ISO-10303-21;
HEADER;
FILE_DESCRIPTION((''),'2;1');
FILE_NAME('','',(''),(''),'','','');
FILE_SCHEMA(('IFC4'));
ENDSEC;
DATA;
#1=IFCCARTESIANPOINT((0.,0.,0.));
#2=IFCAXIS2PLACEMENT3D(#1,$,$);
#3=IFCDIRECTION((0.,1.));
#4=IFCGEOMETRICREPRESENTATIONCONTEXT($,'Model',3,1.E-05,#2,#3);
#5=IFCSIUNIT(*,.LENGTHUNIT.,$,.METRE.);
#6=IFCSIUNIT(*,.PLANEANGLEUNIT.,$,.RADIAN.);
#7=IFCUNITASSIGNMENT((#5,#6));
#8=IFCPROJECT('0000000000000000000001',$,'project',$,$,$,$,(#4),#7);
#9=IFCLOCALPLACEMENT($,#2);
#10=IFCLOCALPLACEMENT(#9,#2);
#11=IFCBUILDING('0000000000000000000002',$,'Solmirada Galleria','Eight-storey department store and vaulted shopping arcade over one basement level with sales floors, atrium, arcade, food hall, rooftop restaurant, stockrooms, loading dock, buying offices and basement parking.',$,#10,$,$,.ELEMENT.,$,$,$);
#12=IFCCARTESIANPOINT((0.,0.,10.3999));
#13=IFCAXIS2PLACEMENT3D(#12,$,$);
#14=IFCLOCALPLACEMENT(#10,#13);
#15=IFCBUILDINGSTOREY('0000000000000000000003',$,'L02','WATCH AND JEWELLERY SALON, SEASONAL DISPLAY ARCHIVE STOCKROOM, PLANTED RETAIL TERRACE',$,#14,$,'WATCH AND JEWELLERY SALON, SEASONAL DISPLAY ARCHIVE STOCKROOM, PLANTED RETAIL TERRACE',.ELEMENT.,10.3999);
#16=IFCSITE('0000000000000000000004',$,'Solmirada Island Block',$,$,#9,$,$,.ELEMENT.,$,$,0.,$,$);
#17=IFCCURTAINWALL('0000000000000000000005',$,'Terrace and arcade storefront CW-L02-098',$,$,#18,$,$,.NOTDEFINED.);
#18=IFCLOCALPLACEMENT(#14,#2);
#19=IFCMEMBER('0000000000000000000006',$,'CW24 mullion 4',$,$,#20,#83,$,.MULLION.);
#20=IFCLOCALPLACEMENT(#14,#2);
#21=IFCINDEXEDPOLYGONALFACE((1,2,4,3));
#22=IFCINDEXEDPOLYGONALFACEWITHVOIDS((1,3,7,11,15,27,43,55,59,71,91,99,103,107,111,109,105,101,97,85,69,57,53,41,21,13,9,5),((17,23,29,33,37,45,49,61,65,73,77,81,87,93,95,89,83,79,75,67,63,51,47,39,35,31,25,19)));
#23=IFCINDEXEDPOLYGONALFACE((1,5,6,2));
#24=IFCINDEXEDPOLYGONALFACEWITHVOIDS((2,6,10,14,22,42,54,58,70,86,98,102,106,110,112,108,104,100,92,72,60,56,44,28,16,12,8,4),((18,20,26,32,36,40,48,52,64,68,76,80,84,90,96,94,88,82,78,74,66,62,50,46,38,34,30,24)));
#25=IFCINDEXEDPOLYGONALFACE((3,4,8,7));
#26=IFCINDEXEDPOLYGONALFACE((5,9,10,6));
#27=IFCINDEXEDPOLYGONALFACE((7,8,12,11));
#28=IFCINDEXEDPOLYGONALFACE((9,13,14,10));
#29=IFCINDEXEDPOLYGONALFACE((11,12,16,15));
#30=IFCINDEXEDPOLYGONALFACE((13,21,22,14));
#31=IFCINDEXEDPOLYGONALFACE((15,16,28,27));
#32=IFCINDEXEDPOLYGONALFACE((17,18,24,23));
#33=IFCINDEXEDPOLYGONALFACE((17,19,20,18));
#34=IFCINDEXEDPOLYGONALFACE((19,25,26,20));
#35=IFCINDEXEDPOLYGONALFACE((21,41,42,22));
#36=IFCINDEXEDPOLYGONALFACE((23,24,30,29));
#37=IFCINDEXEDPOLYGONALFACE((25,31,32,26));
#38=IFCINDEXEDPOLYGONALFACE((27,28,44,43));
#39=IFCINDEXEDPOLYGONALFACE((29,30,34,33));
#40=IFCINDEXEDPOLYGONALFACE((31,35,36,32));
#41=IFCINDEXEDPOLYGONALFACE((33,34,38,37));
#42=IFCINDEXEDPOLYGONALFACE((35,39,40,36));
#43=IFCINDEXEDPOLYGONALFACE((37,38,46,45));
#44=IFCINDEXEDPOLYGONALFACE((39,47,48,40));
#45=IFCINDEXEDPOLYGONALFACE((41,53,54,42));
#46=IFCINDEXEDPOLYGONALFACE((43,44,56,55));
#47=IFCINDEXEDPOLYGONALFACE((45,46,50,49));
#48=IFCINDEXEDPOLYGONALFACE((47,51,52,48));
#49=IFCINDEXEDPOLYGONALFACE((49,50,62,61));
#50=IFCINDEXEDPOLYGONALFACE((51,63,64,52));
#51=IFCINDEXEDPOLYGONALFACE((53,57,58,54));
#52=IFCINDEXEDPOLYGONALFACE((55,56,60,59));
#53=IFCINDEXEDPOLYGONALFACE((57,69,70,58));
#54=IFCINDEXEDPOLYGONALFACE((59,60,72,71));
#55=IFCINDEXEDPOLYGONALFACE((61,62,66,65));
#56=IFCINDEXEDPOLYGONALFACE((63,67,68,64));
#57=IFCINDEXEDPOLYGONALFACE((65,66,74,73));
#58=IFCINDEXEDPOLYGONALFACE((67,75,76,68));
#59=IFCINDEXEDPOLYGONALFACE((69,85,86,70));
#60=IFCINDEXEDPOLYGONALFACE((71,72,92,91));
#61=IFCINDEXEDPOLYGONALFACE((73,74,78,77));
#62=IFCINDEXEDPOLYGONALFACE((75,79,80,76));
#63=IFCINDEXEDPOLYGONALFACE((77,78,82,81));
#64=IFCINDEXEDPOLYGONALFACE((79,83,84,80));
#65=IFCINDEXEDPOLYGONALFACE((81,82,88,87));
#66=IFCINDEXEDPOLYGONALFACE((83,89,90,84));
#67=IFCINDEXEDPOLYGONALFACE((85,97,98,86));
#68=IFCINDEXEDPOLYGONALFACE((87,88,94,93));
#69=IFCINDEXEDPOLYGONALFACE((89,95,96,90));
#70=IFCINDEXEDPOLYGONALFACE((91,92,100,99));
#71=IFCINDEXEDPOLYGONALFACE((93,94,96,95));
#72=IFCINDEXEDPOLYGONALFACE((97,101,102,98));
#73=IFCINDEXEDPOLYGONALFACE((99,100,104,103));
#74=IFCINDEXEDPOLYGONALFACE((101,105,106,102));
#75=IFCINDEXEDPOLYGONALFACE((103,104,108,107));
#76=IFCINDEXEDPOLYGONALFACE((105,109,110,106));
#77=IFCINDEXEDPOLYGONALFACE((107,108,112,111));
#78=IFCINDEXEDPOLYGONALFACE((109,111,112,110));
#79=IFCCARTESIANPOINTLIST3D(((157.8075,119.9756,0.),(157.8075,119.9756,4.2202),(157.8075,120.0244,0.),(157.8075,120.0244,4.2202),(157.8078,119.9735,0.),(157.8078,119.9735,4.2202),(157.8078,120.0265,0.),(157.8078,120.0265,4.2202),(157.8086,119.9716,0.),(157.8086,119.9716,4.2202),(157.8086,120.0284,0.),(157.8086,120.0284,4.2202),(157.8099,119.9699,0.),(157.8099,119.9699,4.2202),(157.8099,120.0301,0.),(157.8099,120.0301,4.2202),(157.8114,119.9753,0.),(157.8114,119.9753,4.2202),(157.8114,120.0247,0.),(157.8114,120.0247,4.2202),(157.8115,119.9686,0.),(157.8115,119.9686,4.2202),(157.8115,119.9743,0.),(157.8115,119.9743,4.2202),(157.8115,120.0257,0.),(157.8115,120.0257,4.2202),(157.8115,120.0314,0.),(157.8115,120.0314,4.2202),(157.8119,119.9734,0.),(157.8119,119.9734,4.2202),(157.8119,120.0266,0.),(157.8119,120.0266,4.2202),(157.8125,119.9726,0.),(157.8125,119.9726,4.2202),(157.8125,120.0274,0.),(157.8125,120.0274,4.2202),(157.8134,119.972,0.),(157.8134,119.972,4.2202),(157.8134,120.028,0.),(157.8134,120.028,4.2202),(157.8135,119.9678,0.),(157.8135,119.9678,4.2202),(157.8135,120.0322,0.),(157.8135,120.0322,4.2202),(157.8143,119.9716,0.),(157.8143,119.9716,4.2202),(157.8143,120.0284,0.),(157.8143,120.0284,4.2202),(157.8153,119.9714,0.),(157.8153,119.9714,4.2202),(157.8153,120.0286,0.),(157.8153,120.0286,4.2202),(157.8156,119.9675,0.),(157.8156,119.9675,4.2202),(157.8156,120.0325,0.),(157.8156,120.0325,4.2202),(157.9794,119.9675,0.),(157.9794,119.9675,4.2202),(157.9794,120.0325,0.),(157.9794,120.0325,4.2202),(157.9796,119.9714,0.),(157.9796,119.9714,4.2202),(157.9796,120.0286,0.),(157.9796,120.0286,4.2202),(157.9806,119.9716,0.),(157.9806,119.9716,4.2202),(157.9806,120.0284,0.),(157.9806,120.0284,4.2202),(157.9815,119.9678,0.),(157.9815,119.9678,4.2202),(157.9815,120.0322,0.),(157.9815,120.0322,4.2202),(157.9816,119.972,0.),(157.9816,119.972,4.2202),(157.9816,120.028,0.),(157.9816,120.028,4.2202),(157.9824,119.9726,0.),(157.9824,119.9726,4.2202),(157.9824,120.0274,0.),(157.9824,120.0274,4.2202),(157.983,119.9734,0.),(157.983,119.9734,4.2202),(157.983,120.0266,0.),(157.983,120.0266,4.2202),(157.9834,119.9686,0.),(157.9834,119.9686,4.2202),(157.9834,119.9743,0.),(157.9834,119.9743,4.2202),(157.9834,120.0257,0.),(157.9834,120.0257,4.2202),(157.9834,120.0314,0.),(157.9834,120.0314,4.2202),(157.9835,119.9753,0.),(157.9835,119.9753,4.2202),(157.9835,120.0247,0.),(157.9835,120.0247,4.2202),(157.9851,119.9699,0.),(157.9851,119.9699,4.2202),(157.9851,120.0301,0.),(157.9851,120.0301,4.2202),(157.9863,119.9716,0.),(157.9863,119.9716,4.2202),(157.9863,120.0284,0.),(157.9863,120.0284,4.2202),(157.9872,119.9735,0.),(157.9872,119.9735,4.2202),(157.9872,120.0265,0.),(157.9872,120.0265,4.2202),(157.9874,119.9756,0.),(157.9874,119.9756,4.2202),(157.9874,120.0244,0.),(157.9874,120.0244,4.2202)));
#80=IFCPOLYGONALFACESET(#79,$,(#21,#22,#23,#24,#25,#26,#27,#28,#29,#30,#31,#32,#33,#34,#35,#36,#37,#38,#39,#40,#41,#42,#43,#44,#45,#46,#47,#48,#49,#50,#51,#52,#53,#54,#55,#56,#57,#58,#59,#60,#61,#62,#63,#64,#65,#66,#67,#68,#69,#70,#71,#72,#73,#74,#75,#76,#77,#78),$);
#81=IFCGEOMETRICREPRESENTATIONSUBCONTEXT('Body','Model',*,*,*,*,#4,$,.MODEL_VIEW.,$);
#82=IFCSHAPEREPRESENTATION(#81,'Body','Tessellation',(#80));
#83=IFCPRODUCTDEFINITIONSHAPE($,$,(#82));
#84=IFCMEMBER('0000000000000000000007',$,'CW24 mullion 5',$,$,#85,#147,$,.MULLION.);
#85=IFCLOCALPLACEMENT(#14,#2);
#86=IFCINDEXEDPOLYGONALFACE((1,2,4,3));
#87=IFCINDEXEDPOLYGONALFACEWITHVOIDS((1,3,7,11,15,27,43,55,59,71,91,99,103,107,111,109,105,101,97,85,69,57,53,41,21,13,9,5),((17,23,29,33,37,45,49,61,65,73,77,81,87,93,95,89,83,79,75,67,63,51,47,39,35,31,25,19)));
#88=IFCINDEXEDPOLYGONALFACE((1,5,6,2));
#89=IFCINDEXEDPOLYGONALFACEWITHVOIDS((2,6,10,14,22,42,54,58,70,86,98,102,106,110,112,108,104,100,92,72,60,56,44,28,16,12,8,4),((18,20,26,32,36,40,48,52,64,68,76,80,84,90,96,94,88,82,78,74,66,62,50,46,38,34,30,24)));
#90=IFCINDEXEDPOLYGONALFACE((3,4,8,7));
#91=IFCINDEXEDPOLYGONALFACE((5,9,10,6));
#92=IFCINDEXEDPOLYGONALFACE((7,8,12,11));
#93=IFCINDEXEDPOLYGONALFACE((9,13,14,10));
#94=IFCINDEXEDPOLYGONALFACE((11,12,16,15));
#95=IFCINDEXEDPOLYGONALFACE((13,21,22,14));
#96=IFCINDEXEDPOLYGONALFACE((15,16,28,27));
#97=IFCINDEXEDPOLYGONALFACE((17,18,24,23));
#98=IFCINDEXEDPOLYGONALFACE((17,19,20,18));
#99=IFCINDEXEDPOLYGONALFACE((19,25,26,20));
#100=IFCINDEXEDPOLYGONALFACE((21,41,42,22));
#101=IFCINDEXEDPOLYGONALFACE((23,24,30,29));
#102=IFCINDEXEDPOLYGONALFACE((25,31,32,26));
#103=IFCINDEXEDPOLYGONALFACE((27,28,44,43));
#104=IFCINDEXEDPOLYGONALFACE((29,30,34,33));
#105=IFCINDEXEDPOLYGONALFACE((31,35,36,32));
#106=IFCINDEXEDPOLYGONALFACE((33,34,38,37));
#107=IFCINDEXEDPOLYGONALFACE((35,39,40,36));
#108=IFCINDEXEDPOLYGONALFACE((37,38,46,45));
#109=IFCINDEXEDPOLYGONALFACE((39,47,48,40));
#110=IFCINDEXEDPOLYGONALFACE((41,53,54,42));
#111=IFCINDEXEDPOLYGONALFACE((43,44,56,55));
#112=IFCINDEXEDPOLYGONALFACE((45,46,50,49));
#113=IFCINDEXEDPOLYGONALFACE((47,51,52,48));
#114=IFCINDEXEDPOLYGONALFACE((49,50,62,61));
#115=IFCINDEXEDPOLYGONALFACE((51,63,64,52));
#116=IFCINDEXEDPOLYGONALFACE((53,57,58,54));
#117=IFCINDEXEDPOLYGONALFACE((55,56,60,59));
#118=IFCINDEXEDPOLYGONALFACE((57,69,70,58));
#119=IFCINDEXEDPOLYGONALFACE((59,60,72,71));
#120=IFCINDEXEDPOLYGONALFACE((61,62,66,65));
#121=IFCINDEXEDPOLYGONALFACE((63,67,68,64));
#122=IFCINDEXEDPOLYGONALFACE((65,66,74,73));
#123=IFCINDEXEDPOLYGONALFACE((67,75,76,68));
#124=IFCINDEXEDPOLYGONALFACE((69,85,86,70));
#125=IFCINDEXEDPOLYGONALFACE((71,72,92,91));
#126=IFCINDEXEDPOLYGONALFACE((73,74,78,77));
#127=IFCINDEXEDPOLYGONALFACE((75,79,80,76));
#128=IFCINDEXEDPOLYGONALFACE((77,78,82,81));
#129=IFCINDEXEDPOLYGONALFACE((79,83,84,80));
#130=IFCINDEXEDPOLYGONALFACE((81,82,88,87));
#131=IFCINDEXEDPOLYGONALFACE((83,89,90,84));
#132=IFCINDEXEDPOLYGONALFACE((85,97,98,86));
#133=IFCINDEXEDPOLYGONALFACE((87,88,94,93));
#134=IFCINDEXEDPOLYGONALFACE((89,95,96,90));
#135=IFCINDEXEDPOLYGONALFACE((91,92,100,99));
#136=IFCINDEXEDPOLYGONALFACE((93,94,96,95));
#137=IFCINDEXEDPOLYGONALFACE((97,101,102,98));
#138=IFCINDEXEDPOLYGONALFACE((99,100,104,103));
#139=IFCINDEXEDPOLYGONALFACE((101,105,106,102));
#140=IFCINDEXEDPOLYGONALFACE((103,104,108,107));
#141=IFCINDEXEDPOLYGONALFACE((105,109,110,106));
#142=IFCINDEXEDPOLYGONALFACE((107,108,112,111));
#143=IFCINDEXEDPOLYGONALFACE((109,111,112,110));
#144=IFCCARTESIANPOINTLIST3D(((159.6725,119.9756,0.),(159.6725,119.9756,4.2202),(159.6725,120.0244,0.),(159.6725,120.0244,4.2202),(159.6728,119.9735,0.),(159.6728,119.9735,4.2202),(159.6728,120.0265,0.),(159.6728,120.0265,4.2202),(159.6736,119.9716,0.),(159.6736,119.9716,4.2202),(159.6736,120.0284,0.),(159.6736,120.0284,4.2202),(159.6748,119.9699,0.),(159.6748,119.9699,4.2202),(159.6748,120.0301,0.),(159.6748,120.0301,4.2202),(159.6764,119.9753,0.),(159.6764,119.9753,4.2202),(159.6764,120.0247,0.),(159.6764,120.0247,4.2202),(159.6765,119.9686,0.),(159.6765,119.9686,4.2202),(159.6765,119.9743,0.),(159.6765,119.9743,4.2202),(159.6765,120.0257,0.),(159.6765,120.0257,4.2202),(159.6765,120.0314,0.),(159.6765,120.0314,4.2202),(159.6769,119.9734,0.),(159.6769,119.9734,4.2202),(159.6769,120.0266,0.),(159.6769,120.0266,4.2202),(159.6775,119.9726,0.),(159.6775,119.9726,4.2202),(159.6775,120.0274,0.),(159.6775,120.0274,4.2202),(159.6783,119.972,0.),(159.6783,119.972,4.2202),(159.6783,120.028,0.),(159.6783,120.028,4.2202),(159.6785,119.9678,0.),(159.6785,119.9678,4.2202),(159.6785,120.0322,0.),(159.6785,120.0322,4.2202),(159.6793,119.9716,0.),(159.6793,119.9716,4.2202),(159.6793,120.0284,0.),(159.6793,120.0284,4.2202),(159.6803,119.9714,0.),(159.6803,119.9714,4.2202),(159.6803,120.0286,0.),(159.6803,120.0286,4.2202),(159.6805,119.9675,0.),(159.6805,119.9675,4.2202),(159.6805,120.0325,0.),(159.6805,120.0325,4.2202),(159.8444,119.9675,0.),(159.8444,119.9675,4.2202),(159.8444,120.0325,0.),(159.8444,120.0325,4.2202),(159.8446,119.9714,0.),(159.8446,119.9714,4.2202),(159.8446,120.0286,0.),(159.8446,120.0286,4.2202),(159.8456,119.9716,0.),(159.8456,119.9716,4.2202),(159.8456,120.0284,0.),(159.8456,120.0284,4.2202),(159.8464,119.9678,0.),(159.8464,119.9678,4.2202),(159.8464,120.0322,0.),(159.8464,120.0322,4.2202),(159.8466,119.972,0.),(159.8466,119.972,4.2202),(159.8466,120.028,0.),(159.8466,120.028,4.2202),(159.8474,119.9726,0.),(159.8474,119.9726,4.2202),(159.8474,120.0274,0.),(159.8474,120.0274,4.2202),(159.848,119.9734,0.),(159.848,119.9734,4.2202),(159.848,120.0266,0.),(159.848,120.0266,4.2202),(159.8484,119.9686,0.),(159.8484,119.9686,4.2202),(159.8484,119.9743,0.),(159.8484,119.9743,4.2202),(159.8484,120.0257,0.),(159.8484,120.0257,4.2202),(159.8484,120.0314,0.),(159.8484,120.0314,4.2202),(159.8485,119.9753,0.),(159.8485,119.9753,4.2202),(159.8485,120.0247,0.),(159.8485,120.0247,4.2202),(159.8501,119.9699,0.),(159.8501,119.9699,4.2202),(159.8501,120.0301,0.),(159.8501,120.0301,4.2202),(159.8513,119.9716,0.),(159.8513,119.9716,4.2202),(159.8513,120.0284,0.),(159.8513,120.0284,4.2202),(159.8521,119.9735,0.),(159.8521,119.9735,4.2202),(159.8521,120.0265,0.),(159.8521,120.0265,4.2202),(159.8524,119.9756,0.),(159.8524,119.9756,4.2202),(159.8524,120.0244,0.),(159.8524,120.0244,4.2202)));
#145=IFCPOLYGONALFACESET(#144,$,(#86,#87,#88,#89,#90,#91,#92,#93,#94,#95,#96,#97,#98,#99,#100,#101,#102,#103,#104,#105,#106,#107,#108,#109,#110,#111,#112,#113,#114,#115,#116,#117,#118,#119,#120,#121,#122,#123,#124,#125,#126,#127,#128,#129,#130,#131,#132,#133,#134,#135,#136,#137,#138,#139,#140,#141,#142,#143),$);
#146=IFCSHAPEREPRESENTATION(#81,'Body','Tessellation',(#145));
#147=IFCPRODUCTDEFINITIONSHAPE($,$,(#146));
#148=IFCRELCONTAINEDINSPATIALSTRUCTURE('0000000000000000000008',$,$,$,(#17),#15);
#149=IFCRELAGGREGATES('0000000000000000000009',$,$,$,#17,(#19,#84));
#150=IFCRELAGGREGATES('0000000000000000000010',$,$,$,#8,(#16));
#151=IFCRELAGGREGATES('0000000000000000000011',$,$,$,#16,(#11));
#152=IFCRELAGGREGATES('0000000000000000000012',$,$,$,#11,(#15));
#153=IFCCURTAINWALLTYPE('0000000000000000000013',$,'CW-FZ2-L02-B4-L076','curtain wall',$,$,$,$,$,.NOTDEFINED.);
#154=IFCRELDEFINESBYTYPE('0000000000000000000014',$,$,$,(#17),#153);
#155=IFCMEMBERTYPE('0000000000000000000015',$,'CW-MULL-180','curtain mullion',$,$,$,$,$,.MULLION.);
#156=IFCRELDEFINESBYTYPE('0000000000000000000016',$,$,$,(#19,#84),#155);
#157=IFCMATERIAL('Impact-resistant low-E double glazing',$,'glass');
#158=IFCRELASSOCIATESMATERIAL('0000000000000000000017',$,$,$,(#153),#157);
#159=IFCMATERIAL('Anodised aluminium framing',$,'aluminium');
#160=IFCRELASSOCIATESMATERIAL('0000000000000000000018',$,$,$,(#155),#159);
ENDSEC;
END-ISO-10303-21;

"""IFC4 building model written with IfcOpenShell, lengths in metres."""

from ifc_helpers import new_model, si_unit, direction, frame, origin, origin_2d, place, context, subcontext, project, spatial, hollow_rectangle, extrude, material, material_profile, profile_set, type_object, element, aggregate, save


model = new_model("IFC4")

# Units and contexts
model_context = context("Model", 3, precision=1e-05, world=origin(), true_north=direction((0.0, 1.0)))
body_context = subcontext(model_context, "Body", "Model", "MODEL_VIEW")
ifc_project = project(units=[si_unit("LENGTHUNIT", "METRE"), si_unit("PLANEANGLEUNIT", "RADIAN")], contexts=[model_context])

# Site, building, storey
site_placement = place(None, origin())
site = spatial("IfcSite", under=ifc_project, at=site_placement, Name="Solmirada Island Block", CompositionType="ELEMENT", RefElevation=0.0)
building_placement = place(site_placement, origin())
building = spatial("IfcBuilding", under=site, at=building_placement, Name="Solmirada Galleria", Description="Eight-storey department store and vaulted shopping arcade over one basement level with sales floors, atrium, arcade, food hall, rooftop restaurant, stockrooms, loading dock, buying offices and basement parking.", CompositionType="ELEMENT")
storey_placement = place(building_placement, frame((0.0, 0.0, 10.3999)))
storey = spatial("IfcBuildingStorey", under=building, at=storey_placement, Name="L02", Description="WATCH AND JEWELLERY SALON, SEASONAL DISPLAY ARCHIVE STOCKROOM, PLANTED RETAIL TERRACE", LongName="WATCH AND JEWELLERY SALON, SEASONAL DISPLAY ARCHIVE STOCKROOM, PLANTED RETAIL TERRACE", CompositionType="ELEMENT", Elevation=10.3999)

# Curtain wall, members
ifc_material_1 = material(Name="Impact-resistant low-E double glazing", Category="glass")
curtain_wall_type = type_object("IfcCurtainWallType", Name="CW-FZ2-L02-B4-L076", Description="curtain wall", PredefinedType="NOTDEFINED", material=ifc_material_1)
curtain_wall_placement = place(storey_placement, origin())
curtain_wall = element("IfcCurtainWall", 1, at=curtain_wall_placement, inside=storey, type_object=curtain_wall_type, Name="Terrace and arcade storefront CW-L02-098", PredefinedType="NOTDEFINED")
ifc_material_2 = material(Name="Anodised aluminium framing", Category="aluminium")
ifc_material_profile_1 = material_profile(ifc_material_2, hollow_rectangle(XDim=0.0649, YDim=0.1799, WallThickness=0.0039, InnerFilletRadius=0.0039, OuterFilletRadius=0.0081, at=origin_2d()), Name="ALU-MULL-180X65")
ifc_profile_set_1 = profile_set([ifc_material_profile_1], Name="Anodised aluminium framing")
member_type_1 = type_object("IfcMemberType", Name="CW-MULL-180", Description="curtain mullion", PredefinedType="MULLION", material=ifc_profile_set_1)
member_1_placement = place(storey_placement, frame((157.8975, 120.0, 0.0), z_axis=(0.0, 0.0, 1.0), x_axis=(0.0, 1.0, 0.0)))
member_1 = element("IfcMember", 2, at=member_1_placement, type_object=member_type_1, Name="CW24 mullion 4", PredefinedType="MULLION", context=body_context, shape_type="SweptSolid", body=[
    extrude(hollow_rectangle(XDim=0.0649, YDim=0.1799, WallThickness=0.0039, InnerFilletRadius=0.0039, OuterFilletRadius=0.0081, at=origin_2d()), origin(), (0.0, 0.0, 1.0), 4.2202),
])
member_2_placement = place(storey_placement, frame((159.7625, 120.0, 0.0), z_axis=(0.0, 0.0, 1.0), x_axis=(0.0, 1.0, 0.0)))
member_2 = element("IfcMember", 3, at=member_2_placement, type_object=member_type_1, Name="CW24 mullion 5", PredefinedType="MULLION", context=body_context, shape_type="SweptSolid", body=[
    extrude(hollow_rectangle(XDim=0.0649, YDim=0.1799, WallThickness=0.0039, InnerFilletRadius=0.0039, OuterFilletRadius=0.0081, at=origin_2d()), origin(), (0.0, 0.0, 1.0), 4.2202),
])
aggregate(curtain_wall, [member_1, member_2])

save(model, "model.ifc")
